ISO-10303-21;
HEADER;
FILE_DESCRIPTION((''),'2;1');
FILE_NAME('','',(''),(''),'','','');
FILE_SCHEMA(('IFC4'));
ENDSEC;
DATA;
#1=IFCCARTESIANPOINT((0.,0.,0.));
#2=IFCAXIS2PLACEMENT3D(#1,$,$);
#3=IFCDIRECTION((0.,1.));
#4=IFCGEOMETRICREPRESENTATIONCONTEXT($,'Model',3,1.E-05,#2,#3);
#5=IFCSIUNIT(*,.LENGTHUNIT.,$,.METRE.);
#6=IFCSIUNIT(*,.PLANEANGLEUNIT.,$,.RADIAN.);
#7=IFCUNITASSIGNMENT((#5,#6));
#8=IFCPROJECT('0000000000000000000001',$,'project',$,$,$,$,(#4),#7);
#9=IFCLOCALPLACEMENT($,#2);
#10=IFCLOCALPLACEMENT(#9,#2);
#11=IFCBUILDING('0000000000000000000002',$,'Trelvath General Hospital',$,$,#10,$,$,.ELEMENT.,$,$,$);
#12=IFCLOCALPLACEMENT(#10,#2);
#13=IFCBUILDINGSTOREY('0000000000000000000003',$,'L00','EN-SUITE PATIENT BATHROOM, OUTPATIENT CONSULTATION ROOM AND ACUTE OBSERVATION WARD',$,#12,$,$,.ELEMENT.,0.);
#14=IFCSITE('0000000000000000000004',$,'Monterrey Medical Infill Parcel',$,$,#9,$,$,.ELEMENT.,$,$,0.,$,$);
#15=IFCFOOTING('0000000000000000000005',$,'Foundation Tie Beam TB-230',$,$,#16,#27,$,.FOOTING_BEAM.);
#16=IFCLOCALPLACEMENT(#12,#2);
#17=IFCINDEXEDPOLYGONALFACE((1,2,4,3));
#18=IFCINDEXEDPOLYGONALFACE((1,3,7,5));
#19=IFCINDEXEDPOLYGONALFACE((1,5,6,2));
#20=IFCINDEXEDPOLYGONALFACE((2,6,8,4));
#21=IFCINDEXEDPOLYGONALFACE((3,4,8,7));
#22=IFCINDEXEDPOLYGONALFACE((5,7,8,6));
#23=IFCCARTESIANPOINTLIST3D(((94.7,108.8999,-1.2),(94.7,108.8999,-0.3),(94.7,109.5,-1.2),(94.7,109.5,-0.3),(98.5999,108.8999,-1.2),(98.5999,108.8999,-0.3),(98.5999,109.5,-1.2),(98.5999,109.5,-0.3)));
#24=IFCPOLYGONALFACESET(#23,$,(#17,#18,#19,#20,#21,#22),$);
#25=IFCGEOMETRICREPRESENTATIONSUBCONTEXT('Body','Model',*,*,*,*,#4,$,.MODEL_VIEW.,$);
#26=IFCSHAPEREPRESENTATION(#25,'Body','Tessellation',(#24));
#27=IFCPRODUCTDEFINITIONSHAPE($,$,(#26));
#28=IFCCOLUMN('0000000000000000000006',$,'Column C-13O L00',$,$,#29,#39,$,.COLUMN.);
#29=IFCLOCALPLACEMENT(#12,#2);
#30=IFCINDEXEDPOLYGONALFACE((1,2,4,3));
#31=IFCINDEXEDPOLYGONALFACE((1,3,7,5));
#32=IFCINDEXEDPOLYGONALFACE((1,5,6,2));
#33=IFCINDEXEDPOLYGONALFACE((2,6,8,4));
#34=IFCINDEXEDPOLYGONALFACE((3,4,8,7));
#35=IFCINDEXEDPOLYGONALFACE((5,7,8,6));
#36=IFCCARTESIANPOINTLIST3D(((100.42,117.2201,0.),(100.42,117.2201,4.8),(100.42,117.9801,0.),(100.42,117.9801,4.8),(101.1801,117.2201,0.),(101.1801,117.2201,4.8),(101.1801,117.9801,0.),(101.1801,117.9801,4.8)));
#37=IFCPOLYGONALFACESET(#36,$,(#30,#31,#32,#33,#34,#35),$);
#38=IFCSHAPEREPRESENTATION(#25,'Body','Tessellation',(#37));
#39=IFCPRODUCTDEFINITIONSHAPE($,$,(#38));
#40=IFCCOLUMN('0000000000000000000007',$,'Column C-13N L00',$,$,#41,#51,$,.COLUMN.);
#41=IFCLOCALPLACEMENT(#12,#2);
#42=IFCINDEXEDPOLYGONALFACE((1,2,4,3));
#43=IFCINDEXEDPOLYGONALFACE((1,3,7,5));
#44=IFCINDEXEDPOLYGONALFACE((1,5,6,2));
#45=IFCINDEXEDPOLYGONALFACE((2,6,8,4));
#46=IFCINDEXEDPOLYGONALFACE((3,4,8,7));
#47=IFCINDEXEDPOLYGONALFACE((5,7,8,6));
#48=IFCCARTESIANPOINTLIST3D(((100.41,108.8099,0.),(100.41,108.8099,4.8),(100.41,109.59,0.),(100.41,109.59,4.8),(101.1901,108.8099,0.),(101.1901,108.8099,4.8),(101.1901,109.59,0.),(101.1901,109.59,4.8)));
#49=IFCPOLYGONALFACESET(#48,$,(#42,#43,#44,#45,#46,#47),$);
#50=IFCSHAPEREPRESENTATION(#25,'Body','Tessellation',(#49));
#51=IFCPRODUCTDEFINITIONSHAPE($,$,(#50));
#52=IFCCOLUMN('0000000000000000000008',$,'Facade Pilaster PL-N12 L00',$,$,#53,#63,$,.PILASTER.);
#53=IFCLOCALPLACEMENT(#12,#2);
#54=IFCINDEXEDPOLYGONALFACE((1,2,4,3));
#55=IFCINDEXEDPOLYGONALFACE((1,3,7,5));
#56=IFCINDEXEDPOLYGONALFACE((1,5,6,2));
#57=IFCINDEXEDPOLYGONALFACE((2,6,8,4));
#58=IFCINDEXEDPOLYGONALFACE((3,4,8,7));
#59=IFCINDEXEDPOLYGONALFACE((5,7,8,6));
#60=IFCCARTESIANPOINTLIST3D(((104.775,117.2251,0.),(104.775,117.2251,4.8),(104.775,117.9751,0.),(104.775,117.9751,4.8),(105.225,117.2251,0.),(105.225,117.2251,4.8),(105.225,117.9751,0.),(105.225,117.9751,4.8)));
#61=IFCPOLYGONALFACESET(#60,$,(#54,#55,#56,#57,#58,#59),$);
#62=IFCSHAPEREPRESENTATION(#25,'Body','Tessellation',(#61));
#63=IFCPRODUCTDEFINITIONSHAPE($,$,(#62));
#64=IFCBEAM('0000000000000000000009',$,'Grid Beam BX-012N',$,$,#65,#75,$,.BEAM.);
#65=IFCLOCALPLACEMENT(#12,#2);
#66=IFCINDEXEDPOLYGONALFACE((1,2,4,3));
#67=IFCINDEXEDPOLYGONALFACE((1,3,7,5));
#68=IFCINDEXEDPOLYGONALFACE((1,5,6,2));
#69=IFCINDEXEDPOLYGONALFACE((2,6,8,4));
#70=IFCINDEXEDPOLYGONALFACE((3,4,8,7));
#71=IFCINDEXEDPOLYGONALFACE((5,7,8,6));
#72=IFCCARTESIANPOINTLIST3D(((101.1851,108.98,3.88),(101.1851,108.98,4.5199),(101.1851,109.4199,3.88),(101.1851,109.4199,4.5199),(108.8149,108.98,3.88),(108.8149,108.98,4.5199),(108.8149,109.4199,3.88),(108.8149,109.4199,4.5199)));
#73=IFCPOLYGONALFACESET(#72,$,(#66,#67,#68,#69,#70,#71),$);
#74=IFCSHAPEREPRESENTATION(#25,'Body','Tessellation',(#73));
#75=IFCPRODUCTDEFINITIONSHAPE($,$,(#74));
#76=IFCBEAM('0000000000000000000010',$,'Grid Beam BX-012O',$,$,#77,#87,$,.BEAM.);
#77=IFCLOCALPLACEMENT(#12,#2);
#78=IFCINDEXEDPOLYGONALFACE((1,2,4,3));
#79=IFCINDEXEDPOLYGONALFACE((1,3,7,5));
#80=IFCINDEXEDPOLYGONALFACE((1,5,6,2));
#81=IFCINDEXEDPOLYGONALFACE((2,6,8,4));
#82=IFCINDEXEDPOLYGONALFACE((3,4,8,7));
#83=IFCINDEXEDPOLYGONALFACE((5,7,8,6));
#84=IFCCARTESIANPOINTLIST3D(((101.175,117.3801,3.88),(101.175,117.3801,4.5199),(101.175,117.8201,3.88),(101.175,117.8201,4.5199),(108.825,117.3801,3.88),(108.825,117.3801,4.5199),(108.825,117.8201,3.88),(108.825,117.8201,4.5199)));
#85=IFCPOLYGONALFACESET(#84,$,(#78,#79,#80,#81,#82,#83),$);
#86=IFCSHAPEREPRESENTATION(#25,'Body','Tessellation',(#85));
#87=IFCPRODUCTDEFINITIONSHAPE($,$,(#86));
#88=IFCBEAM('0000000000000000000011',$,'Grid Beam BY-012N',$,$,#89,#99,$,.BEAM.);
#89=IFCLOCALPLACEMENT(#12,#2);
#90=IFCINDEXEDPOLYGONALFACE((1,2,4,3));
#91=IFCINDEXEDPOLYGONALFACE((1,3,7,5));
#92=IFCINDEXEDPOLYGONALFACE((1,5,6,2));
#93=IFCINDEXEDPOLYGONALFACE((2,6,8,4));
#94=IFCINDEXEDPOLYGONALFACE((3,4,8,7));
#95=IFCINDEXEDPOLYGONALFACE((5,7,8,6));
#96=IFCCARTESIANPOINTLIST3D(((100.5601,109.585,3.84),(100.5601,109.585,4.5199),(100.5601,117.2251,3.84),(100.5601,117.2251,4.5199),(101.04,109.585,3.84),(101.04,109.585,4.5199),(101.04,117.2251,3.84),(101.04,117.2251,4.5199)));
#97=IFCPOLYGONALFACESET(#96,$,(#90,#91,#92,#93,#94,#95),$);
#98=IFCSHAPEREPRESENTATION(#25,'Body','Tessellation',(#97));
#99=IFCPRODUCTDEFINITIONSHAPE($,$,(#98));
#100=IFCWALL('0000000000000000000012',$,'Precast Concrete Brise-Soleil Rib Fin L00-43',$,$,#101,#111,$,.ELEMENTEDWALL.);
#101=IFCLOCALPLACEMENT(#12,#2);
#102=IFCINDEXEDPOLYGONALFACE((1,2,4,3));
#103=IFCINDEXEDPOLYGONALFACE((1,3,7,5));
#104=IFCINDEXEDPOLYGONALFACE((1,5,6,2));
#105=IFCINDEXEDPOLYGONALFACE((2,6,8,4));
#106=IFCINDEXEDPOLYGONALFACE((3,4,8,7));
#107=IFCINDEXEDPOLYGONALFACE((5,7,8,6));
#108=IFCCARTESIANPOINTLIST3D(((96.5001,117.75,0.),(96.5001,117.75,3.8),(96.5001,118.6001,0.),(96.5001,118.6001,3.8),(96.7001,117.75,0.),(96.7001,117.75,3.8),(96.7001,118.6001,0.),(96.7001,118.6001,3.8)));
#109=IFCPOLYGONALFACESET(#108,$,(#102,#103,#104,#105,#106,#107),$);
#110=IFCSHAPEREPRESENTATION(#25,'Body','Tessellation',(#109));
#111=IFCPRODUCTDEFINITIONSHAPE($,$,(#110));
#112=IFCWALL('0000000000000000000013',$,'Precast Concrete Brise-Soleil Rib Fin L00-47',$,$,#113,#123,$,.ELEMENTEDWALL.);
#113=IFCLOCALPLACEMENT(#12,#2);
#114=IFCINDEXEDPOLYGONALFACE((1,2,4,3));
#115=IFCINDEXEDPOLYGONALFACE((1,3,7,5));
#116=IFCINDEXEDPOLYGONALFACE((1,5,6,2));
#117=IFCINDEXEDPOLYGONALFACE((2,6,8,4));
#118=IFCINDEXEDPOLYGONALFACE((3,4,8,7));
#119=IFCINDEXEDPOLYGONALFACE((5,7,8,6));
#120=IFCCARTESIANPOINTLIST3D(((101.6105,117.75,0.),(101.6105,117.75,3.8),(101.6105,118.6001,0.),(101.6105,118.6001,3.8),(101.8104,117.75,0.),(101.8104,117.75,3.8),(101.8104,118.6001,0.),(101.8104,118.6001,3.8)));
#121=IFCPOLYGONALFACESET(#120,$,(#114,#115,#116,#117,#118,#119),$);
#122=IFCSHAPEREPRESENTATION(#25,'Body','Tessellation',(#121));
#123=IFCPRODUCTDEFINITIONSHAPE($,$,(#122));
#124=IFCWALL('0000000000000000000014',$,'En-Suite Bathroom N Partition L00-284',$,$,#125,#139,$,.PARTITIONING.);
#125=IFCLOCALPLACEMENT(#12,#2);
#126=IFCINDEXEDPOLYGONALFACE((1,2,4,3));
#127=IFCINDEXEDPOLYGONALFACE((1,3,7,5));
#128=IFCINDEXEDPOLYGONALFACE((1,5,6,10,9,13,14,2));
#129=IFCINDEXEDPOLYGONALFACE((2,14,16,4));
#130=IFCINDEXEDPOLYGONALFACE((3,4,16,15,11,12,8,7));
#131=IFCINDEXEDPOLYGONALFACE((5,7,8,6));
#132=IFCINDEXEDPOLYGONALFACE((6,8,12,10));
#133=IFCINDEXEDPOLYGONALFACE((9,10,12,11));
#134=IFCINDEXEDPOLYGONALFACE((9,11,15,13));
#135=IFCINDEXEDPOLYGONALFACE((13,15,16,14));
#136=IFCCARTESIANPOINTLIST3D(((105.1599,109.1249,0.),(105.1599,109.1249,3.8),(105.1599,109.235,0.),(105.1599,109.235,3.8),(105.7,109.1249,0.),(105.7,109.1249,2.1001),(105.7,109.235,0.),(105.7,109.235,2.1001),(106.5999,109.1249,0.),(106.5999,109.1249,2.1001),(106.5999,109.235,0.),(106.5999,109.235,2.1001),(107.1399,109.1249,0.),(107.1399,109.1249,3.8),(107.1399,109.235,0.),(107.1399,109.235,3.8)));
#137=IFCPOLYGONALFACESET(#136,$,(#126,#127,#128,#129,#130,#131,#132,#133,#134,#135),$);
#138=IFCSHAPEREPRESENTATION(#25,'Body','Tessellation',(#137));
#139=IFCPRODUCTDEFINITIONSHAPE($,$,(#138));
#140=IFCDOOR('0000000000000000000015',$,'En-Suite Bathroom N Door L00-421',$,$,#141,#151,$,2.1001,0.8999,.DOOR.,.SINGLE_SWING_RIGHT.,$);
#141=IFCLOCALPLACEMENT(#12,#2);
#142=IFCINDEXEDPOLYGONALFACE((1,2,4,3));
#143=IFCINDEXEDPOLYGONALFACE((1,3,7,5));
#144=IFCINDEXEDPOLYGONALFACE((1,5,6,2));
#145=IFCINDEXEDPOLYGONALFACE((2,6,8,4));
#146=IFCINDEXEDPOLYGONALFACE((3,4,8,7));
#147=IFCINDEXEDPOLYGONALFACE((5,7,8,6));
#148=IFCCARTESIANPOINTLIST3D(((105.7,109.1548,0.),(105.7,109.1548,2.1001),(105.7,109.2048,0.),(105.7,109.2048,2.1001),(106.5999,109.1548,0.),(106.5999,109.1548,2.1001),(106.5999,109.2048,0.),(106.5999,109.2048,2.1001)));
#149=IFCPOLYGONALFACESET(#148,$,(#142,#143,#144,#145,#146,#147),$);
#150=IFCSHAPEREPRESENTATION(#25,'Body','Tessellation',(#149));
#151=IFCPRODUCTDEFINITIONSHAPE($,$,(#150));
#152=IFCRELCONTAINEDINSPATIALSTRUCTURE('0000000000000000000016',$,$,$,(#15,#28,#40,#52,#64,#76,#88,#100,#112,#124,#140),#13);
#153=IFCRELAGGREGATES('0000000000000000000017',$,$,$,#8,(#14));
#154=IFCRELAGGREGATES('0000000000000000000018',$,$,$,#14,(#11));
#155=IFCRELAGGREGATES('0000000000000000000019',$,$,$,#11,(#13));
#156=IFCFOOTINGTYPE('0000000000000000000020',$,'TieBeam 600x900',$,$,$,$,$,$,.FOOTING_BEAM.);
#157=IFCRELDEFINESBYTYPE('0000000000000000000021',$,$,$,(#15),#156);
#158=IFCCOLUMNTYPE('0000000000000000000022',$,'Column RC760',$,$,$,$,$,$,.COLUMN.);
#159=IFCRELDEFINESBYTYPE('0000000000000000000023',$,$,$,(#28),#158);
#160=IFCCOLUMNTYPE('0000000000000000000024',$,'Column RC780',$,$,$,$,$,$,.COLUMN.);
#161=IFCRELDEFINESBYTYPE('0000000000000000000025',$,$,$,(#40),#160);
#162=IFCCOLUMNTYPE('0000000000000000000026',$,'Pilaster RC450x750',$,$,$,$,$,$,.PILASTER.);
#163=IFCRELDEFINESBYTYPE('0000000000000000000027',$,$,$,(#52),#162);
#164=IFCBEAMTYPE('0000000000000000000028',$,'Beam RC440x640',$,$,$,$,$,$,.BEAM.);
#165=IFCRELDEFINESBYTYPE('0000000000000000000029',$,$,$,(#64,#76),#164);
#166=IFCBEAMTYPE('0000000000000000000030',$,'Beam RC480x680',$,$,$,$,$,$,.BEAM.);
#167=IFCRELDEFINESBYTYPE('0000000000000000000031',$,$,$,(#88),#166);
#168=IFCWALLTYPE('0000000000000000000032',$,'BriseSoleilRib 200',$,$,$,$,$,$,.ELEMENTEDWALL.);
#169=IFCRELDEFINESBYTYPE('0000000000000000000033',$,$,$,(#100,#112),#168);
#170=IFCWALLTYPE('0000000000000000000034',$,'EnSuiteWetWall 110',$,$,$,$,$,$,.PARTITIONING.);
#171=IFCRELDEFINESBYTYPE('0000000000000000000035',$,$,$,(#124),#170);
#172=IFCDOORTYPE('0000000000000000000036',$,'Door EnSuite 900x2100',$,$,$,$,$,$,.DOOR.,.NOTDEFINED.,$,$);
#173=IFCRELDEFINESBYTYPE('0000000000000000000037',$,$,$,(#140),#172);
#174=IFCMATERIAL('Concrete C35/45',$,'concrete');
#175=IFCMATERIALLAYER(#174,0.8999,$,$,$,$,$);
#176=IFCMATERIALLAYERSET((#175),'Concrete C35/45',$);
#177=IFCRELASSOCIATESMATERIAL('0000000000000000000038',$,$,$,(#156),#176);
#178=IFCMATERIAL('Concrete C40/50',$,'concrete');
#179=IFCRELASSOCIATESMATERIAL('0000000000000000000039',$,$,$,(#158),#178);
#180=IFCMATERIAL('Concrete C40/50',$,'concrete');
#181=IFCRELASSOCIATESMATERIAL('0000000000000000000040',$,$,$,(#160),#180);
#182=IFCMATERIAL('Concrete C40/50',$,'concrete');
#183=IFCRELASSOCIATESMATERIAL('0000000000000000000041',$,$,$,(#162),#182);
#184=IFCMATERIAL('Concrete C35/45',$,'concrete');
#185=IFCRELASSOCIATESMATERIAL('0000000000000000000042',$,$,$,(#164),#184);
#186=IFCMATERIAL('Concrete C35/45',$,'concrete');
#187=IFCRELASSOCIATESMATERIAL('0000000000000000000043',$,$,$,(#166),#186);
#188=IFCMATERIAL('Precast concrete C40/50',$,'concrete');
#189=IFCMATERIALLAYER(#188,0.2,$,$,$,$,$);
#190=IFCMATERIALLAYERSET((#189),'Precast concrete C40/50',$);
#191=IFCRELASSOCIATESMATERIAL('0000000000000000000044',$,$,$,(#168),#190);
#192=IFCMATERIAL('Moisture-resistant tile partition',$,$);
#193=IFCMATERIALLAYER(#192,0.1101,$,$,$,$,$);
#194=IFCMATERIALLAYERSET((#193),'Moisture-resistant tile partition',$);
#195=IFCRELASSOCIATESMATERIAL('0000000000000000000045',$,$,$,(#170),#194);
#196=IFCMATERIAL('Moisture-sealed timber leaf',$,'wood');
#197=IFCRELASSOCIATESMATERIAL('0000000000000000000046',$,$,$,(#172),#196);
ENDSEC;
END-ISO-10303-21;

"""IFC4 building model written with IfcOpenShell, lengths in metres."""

from ifc_helpers import new_model, si_unit, direction, frame, frame_2d, origin, origin_2d, place, context, subcontext, project, spatial, rectangle, extrude, material, layer, layer_set, material_profile, profile_set, type_object, element, fill, save


model = new_model("IFC4")

# Units and contexts
model_context = context("Model", 3, precision=1e-05, world=origin(), true_north=direction((0.0, 1.0)))
body_context = subcontext(model_context, "Body", "Model", "MODEL_VIEW")
ifc_project = project(units=[si_unit("LENGTHUNIT", "METRE"), si_unit("PLANEANGLEUNIT", "RADIAN")], contexts=[model_context])

# Site, building, storey
site_placement = place(None, origin())
site = spatial("IfcSite", under=ifc_project, at=site_placement, Name="Monterrey Medical Infill Parcel", CompositionType="ELEMENT", RefElevation=0.0)
building_placement = place(site_placement, origin())
building = spatial("IfcBuilding", under=site, at=building_placement, Name="Trelvath General Hospital", CompositionType="ELEMENT")
storey_placement = place(building_placement, origin())
storey = spatial("IfcBuildingStorey", under=building, at=storey_placement, Name="L00", Description="EN-SUITE PATIENT BATHROOM, OUTPATIENT CONSULTATION ROOM AND ACUTE OBSERVATION WARD", CompositionType="ELEMENT", Elevation=0.0)

# Footing
ifc_material_1 = material(Name="Concrete C35/45", Category="concrete")
ifc_layer_1 = layer(ifc_material_1, 0.8999)
ifc_layer_set_1 = layer_set([ifc_layer_1], Name="Concrete C35/45")
footing_type_1 = type_object("IfcFootingType", Name="TieBeam 600x900", PredefinedType="FOOTING_BEAM", material=ifc_layer_set_1)
footing_1_placement = place(storey_placement, frame((96.6499, 109.2, -1.2), z_axis=(0.0, 0.0, 1.0), x_axis=(1.0, 0.0, 0.0)))
element("IfcFooting", 1, at=footing_1_placement, inside=storey, type_object=footing_type_1, Name="Foundation Tie Beam TB-230", PredefinedType="FOOTING_BEAM", context=body_context, shape_type="SweptSolid", body=[
    extrude(rectangle(XDim=3.8999, YDim=0.6001, at=origin_2d()), origin(), (0.0, 0.0, 1.0), 0.8999),
])

# Columns
ifc_material_2 = material(Name="Concrete C40/50", Category="concrete")
ifc_material_profile_1 = material_profile(ifc_material_2, rectangle(XDim=0.76, YDim=0.76, at=origin_2d()), Name="RC760x760")
ifc_profile_set_1 = profile_set([ifc_material_profile_1], Name="Concrete C40/50")
column_type_1 = type_object("IfcColumnType", Name="Column RC760", PredefinedType="COLUMN", material=ifc_profile_set_1)
column_1_placement = place(storey_placement, frame((100.8, 117.6001, 0.0), z_axis=(0.0, 0.0, 1.0), x_axis=(1.0, 0.0, 0.0)))
element("IfcColumn", 2, at=column_1_placement, inside=storey, type_object=column_type_1, Name="Column C-13O L00", PredefinedType="COLUMN", context=body_context, shape_type="SweptSolid", body=[
    extrude(rectangle(XDim=0.76, YDim=0.76, at=origin_2d()), origin(), (0.0, 0.0, 1.0), 4.8),
])
ifc_material_3 = material(Name="Concrete C40/50", Category="concrete")
ifc_material_profile_2 = material_profile(ifc_material_3, rectangle(XDim=0.78, YDim=0.78, at=origin_2d()), Name="RC780x780")
ifc_profile_set_2 = profile_set([ifc_material_profile_2], Name="Concrete C40/50")
column_type_2 = type_object("IfcColumnType", Name="Column RC780", PredefinedType="COLUMN", material=ifc_profile_set_2)
column_2_placement = place(storey_placement, frame((100.8, 109.2, 0.0), z_axis=(0.0, 0.0, 1.0), x_axis=(1.0, 0.0, 0.0)))
element("IfcColumn", 3, at=column_2_placement, inside=storey, type_object=column_type_2, Name="Column C-13N L00", PredefinedType="COLUMN", context=body_context, shape_type="SweptSolid", body=[
    extrude(rectangle(XDim=0.78, YDim=0.78, at=origin_2d()), origin(), (0.0, 0.0, 1.0), 4.8),
])
ifc_material_4 = material(Name="Concrete C40/50", Category="concrete")
ifc_material_profile_3 = material_profile(ifc_material_4, rectangle(XDim=0.45, YDim=0.75, at=origin_2d()), Name="RC450x750")
ifc_profile_set_3 = profile_set([ifc_material_profile_3], Name="Concrete C40/50")
column_type_3 = type_object("IfcColumnType", Name="Pilaster RC450x750", PredefinedType="PILASTER", material=ifc_profile_set_3)
column_3_placement = place(storey_placement, frame((105.0, 117.6001, 0.0), z_axis=(0.0, 0.0, 1.0), x_axis=(1.0, 0.0, 0.0)))
element("IfcColumn", 4, at=column_3_placement, inside=storey, type_object=column_type_3, Name="Facade Pilaster PL-N12 L00", PredefinedType="PILASTER", context=body_context, shape_type="SweptSolid", body=[
    extrude(rectangle(XDim=0.45, YDim=0.75, at=origin_2d()), origin(), (0.0, 0.0, 1.0), 4.8),
])

# Beams
ifc_material_5 = material(Name="Concrete C35/45", Category="concrete")
ifc_material_profile_4 = material_profile(ifc_material_5, rectangle(XDim=0.4399, YDim=0.6399, at=origin_2d()), Name="RCB440x640")
ifc_profile_set_4 = profile_set([ifc_material_profile_4], Name="Concrete C35/45")
beam_type_1 = type_object("IfcBeamType", Name="Beam RC440x640", PredefinedType="BEAM", material=ifc_profile_set_4)
beam_1_placement = place(storey_placement, frame((101.1851, 109.2, 4.2), z_axis=(1.0, 0.0, 0.0), x_axis=(0.0, 1.0, 0.0)))
element("IfcBeam", 5, at=beam_1_placement, inside=storey, type_object=beam_type_1, Name="Grid Beam BX-012N", PredefinedType="BEAM", context=body_context, shape_type="SweptSolid", body=[
    extrude(rectangle(XDim=0.4399, YDim=0.6399, at=origin_2d()), origin(), (0.0, 0.0, 1.0), 7.6299),
])
beam_2_placement = place(storey_placement, frame((101.175, 117.6001, 4.2), z_axis=(1.0, 0.0, 0.0), x_axis=(0.0, 1.0, 0.0)))
element("IfcBeam", 6, at=beam_2_placement, inside=storey, type_object=beam_type_1, Name="Grid Beam BX-012O", PredefinedType="BEAM", context=body_context, shape_type="SweptSolid", body=[
    extrude(rectangle(XDim=0.4399, YDim=0.6399, at=origin_2d()), origin(), (0.0, 0.0, 1.0), 7.6499),
])
ifc_material_6 = material(Name="Concrete C35/45", Category="concrete")
ifc_material_profile_5 = material_profile(ifc_material_6, rectangle(XDim=0.48, YDim=0.6799, at=origin_2d()), Name="RCB480x680")
ifc_profile_set_5 = profile_set([ifc_material_profile_5], Name="Concrete C35/45")
beam_type_2 = type_object("IfcBeamType", Name="Beam RC480x680", PredefinedType="BEAM", material=ifc_profile_set_5)
beam_3_placement = place(storey_placement, frame((100.8, 109.585, 4.1799), z_axis=(0.0, 1.0, 0.0), x_axis=(-1.0, 0.0, 0.0)))
element("IfcBeam", 7, at=beam_3_placement, inside=storey, type_object=beam_type_2, Name="Grid Beam BY-012N", PredefinedType="BEAM", context=body_context, shape_type="SweptSolid", body=[
    extrude(rectangle(XDim=0.48, YDim=0.6799, at=origin_2d()), origin(), (0.0, 0.0, 1.0), 7.6401),
])

# Walls
ifc_material_7 = material(Name="Precast concrete C40/50", Category="concrete")
ifc_layer_2 = layer(ifc_material_7, 0.2)
ifc_layer_set_2 = layer_set([ifc_layer_2], Name="Precast concrete C40/50")
wall_type_1 = type_object("IfcWallType", Name="BriseSoleilRib 200", PredefinedType="ELEMENTEDWALL", material=ifc_layer_set_2)
for number, where, z_axis, x_axis, name in (
    (8, (96.6001, 117.75, 0.0), (0.0, 0.0, 1.0), (0.0, 1.0, 0.0), "Precast Concrete Brise-Soleil Rib Fin L00-43"),
    (9, (101.7104, 117.75, 0.0), (0.0, 0.0, 1.0), (0.0, 1.0, 0.0), "Precast Concrete Brise-Soleil Rib Fin L00-47"),
):
    element("IfcWall", number, at=place(storey_placement, frame(where, z_axis=z_axis, x_axis=x_axis)), inside=storey, type_object=wall_type_1, Name=name, PredefinedType="ELEMENTEDWALL", context=body_context, shape_type="SweptSolid", body=[
        extrude(rectangle(XDim=0.8501, YDim=0.2, at=frame_2d((0.425, 0.0))), origin(), (0.0, 0.0, 1.0), 3.8),
    ])

# Wall, opening, door
ifc_material_8 = material(Name="Moisture-resistant tile partition")
ifc_layer_3 = layer(ifc_material_8, 0.1101)
ifc_layer_set_3 = layer_set([ifc_layer_3], Name="Moisture-resistant tile partition")
wall_type_2 = type_object("IfcWallType", Name="EnSuiteWetWall 110", PredefinedType="PARTITIONING", material=ifc_layer_set_3)
wall_1_placement = place(storey_placement, frame((105.1599, 109.1799, 0.0), z_axis=(0.0, 0.0, 1.0), x_axis=(1.0, 0.0, 0.0)))
wall_1 = element("IfcWall", 10, at=wall_1_placement, inside=storey, type_object=wall_type_2, Name="En-Suite Bathroom N Partition L00-284", PredefinedType="PARTITIONING", context=body_context, shape_type="SweptSolid", body=[
    extrude(rectangle(XDim=1.98, YDim=0.1101, at=frame_2d((0.99, 0.0))), origin(), (0.0, 0.0, 1.0), 3.8),
])
opening_1_placement = place(wall_1_placement, frame((0.54, 0.0, 0.0)))
opening_1 = element("IfcOpeningElement", 11, at=opening_1_placement, cuts=wall_1, PredefinedType="OPENING", context=body_context, shape_type="SweptSolid", body=[
    extrude(rectangle(XDim=0.8999, YDim=2.1001, at=frame_2d((0.45, 1.05))), frame((0.0, 0.0649, 0.0), z_axis=(0.0, -1.0, 0.0), x_axis=(1.0, 0.0, 0.0)), (0.0, 0.0, 1.0), 0.1301),
])
ifc_material_9 = material(Name="Moisture-sealed timber leaf", Category="wood")
door_type = type_object("IfcDoorType", Name="Door EnSuite 900x2100", OperationType="NOTDEFINED", PredefinedType="DOOR", material=ifc_material_9)
door_placement = place(opening_1_placement, origin())
door = element("IfcDoor", 12, at=door_placement, inside=storey, type_object=door_type, Name="En-Suite Bathroom N Door L00-421", OperationType="SINGLE_SWING_RIGHT", OverallHeight=2.1001, OverallWidth=0.8999, PredefinedType="DOOR", context=body_context, shape_type="SweptSolid", body=[
    extrude(rectangle(XDim=0.8999, YDim=2.1001, at=frame_2d((0.45, 1.05))), frame((0.0, 0.0249, 0.0), z_axis=(0.0, -1.0, 0.0), x_axis=(1.0, 0.0, 0.0)), (0.0, 0.0, 1.0), 0.05),
])
fill(opening_1, door)

save(model, "model.ifc")
